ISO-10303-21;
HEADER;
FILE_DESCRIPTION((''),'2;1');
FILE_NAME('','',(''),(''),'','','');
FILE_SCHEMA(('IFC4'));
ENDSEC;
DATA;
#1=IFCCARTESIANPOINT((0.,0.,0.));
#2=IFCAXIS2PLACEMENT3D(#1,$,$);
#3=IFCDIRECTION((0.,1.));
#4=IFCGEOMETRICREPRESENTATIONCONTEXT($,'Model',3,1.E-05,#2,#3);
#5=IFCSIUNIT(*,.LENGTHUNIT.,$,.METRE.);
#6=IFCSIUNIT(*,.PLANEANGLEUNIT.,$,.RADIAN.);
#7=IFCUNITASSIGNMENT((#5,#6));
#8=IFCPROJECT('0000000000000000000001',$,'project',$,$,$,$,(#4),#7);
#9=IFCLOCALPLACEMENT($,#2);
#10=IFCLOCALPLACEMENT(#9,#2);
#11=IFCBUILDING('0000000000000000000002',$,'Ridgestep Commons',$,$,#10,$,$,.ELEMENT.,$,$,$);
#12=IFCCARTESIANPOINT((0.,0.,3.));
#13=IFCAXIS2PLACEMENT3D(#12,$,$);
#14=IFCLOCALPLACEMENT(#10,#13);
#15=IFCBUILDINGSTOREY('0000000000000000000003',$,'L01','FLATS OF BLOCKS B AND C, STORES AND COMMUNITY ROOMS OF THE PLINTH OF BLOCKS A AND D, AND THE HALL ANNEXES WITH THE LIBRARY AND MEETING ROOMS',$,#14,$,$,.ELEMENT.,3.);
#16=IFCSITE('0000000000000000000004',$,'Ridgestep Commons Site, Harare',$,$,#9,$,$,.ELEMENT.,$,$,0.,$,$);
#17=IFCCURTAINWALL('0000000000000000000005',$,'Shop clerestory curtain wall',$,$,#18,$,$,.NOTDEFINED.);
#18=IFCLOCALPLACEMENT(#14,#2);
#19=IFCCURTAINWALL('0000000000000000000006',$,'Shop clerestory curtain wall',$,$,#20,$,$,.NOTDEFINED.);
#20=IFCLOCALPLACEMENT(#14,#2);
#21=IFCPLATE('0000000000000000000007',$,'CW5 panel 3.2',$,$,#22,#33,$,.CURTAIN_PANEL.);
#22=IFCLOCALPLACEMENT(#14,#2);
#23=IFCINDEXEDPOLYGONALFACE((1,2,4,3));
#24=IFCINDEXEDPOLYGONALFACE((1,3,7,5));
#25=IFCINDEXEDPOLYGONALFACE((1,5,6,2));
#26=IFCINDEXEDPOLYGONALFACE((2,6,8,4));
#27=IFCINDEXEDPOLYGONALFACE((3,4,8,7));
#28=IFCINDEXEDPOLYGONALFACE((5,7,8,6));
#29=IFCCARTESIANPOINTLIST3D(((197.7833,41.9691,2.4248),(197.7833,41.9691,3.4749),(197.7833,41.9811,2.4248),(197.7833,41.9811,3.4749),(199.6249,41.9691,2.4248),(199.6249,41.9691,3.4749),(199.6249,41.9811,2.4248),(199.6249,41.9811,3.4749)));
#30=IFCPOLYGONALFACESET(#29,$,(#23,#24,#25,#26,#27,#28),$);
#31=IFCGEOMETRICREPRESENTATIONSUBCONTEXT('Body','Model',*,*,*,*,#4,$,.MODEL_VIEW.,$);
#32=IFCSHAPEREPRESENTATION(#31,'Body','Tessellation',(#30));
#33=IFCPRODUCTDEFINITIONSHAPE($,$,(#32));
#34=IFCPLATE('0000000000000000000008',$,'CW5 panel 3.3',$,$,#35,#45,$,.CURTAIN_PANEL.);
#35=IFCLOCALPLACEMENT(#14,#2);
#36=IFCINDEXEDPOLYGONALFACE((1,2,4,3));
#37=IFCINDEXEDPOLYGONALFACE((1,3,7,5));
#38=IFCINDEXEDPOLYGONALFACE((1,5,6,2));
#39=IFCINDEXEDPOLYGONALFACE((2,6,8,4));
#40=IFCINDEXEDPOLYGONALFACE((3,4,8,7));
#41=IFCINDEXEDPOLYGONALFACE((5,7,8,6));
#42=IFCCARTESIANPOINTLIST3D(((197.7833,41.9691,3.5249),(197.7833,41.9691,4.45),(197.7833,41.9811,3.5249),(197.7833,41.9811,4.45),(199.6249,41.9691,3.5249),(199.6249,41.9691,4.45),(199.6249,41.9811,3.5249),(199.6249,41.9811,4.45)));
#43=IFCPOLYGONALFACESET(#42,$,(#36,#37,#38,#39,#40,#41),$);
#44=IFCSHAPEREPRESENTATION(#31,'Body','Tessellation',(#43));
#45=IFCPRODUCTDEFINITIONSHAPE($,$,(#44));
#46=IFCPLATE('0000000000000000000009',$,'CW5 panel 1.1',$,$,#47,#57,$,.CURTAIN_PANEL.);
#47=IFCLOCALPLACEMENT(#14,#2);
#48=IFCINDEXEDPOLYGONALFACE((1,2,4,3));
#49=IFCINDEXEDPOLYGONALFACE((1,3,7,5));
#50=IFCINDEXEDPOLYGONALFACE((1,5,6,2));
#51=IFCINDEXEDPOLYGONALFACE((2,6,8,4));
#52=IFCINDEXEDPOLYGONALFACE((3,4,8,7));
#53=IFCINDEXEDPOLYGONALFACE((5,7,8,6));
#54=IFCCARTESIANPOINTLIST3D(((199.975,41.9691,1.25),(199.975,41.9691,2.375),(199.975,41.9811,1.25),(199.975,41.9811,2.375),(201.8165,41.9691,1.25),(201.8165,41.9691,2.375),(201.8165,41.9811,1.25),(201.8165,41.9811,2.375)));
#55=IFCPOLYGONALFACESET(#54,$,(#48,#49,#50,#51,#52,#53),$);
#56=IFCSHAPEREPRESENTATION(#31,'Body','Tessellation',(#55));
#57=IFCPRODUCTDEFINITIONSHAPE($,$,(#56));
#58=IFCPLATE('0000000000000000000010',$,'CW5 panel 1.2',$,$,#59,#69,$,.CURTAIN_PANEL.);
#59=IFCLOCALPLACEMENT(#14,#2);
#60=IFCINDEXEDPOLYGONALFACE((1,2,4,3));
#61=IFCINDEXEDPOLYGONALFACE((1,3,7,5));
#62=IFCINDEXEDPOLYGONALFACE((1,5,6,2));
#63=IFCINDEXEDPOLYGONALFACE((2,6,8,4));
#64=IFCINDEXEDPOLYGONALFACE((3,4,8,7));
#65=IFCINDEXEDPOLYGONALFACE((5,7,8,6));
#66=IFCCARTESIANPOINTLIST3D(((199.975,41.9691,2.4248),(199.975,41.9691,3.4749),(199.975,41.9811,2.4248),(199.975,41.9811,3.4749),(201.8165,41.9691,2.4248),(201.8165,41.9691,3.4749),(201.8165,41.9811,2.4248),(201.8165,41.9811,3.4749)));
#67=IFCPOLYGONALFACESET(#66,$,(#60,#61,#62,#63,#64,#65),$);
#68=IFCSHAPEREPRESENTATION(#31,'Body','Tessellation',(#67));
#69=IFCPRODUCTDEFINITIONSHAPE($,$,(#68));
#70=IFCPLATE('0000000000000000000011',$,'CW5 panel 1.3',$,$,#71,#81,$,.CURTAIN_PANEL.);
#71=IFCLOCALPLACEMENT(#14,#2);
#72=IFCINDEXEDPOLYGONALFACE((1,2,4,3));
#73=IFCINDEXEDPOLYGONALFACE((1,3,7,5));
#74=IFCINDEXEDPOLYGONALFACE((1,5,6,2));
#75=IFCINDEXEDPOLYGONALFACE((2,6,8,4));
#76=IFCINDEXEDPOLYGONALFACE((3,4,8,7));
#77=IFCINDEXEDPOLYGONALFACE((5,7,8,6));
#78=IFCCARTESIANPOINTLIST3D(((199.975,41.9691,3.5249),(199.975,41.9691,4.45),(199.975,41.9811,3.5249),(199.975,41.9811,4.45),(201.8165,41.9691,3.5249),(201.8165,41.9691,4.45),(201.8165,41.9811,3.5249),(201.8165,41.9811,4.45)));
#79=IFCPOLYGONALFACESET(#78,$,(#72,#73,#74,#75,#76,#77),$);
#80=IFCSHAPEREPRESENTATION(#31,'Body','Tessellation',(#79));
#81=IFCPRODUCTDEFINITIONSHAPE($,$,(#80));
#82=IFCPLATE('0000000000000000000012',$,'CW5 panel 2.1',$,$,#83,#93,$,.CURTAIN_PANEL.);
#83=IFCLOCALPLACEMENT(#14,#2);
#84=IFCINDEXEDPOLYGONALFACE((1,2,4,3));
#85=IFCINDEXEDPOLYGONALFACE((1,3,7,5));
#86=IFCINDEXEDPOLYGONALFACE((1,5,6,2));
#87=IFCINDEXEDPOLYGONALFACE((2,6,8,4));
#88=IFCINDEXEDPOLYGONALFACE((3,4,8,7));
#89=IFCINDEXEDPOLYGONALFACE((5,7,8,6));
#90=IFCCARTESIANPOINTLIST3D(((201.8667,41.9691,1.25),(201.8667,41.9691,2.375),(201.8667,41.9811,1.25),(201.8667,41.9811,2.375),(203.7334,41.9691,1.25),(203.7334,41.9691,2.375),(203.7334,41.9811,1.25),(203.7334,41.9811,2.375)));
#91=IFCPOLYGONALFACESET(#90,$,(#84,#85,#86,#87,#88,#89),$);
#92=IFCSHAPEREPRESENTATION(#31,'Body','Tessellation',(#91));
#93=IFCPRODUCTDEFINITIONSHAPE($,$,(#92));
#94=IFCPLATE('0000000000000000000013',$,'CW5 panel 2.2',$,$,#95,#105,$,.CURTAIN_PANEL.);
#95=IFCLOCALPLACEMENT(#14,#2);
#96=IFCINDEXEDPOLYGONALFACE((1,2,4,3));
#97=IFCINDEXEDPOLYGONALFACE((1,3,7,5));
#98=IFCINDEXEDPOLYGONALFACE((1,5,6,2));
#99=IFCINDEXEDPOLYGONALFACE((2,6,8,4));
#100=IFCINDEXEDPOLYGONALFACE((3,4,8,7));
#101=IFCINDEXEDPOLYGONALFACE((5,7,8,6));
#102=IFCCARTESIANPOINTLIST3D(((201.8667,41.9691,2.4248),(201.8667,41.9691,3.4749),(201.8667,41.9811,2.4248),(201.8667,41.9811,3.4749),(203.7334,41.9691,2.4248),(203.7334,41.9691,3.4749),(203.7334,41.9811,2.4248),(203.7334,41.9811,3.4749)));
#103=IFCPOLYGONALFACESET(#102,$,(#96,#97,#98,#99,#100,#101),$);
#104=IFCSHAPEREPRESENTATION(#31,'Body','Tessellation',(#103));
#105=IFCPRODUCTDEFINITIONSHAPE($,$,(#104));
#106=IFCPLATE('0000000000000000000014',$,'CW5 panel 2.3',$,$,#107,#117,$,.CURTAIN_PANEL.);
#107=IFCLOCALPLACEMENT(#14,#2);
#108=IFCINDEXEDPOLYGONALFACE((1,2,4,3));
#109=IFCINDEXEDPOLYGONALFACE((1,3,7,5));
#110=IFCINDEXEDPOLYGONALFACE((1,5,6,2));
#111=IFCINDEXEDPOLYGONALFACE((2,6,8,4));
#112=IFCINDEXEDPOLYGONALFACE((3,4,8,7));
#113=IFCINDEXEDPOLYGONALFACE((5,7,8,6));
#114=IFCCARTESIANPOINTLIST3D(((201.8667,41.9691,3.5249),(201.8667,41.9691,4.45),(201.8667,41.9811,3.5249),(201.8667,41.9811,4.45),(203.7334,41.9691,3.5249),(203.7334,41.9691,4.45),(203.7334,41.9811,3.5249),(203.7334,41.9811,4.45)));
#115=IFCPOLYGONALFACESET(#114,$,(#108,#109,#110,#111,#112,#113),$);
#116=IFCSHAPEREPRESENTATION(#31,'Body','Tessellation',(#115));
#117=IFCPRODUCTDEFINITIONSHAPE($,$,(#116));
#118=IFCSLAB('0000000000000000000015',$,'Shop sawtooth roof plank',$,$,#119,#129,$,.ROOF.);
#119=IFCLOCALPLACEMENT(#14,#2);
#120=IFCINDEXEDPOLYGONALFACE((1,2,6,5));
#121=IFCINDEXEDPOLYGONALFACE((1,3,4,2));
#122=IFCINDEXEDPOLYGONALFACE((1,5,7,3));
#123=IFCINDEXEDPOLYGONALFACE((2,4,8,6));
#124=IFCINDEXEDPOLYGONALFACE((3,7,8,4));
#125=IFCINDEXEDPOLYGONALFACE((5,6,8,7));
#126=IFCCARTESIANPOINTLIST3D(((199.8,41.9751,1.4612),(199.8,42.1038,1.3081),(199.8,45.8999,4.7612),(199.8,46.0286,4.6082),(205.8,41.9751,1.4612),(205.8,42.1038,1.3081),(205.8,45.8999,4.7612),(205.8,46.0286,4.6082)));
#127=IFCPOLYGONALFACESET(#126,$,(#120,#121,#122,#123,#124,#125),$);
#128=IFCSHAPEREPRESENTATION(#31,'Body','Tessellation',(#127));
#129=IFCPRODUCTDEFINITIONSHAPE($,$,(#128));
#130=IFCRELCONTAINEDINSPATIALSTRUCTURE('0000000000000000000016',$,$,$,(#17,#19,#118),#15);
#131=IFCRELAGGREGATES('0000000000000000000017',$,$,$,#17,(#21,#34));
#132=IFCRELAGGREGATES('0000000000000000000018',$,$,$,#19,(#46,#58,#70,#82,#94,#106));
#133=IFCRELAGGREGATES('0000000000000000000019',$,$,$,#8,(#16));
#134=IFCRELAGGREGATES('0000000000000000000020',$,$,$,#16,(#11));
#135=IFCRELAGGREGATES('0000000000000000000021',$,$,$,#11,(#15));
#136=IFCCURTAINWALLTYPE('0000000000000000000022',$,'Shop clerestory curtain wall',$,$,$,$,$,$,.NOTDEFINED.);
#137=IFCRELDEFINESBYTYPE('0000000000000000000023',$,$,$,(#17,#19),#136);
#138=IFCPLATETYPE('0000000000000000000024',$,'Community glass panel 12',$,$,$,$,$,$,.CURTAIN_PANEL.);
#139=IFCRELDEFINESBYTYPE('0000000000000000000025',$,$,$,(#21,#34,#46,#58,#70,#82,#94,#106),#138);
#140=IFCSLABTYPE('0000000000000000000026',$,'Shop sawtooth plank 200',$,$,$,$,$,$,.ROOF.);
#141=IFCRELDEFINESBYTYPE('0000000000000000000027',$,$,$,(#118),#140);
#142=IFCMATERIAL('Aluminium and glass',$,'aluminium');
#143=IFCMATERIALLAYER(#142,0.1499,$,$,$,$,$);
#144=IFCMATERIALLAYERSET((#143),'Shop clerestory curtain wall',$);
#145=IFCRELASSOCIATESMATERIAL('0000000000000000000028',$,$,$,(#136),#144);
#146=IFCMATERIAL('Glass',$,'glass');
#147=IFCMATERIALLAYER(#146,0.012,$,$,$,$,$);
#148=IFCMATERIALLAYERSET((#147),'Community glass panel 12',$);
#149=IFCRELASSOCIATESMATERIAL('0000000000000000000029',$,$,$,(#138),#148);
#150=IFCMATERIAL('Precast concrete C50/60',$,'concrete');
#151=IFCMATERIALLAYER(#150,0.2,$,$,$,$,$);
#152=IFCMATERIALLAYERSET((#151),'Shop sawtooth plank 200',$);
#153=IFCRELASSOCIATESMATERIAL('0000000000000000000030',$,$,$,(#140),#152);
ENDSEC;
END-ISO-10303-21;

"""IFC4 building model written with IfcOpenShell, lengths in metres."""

from ifc_helpers import new_model, si_unit, direction, frame, origin, origin_2d, place, context, subcontext, project, spatial, polyline, rectangle, outline, extrude, material, layer, layer_set, type_object, element, aggregate, save


model = new_model("IFC4")

# Units and contexts
model_context = context("Model", 3, precision=1e-05, world=origin(), true_north=direction((0.0, 1.0)))
body_context = subcontext(model_context, "Body", "Model", "MODEL_VIEW")
ifc_project = project(units=[si_unit("LENGTHUNIT", "METRE"), si_unit("PLANEANGLEUNIT", "RADIAN")], contexts=[model_context])

# Site, building, storey
site_placement = place(None, origin())
site = spatial("IfcSite", under=ifc_project, at=site_placement, Name="Ridgestep Commons Site, Harare", CompositionType="ELEMENT", RefElevation=0.0)
building_placement = place(site_placement, origin())
building = spatial("IfcBuilding", under=site, at=building_placement, Name="Ridgestep Commons", CompositionType="ELEMENT")
storey_placement = place(building_placement, frame((0.0, 0.0, 3.0)))
storey = spatial("IfcBuildingStorey", under=building, at=storey_placement, Name="L01", Description="FLATS OF BLOCKS B AND C, STORES AND COMMUNITY ROOMS OF THE PLINTH OF BLOCKS A AND D, AND THE HALL ANNEXES WITH THE LIBRARY AND MEETING ROOMS", CompositionType="ELEMENT", Elevation=3.0)

# Curtain wall
ifc_material_1 = material(Name="Aluminium and glass", Category="aluminium")
ifc_layer_1 = layer(ifc_material_1, 0.1499)
ifc_layer_set_1 = layer_set([ifc_layer_1], Name="Shop clerestory curtain wall")
curtain_wall_type = type_object("IfcCurtainWallType", Name="Shop clerestory curtain wall", PredefinedType="NOTDEFINED", material=ifc_layer_set_1)
curtain_wall_1_placement = place(storey_placement, origin())
curtain_wall_1 = element("IfcCurtainWall", 1, at=curtain_wall_1_placement, inside=storey, type_object=curtain_wall_type, Name="Shop clerestory curtain wall", PredefinedType="NOTDEFINED")

# Curtain wall
curtain_wall_2_placement = place(storey_placement, origin())
curtain_wall_2 = element("IfcCurtainWall", 2, at=curtain_wall_2_placement, inside=storey, type_object=curtain_wall_type, Name="Shop clerestory curtain wall", PredefinedType="NOTDEFINED")

# Plates
ifc_material_2 = material(Name="Glass", Category="glass")
ifc_layer_2 = layer(ifc_material_2, 0.012)
ifc_layer_set_2 = layer_set([ifc_layer_2], Name="Community glass panel 12")
plate_type = type_object("IfcPlateType", Name="Community glass panel 12", PredefinedType="CURTAIN_PANEL", material=ifc_layer_set_2)
plate_1_placement = place(storey_placement, frame((198.7041, 41.9751, 2.4248), z_axis=(0.0, 0.0, 1.0), x_axis=(1.0, 0.0, 0.0)))
plate_1 = element("IfcPlate", 3, at=plate_1_placement, type_object=plate_type, Name="CW5 panel 3.2", PredefinedType="CURTAIN_PANEL", context=body_context, shape_type="SweptSolid", body=[
    extrude(rectangle(XDim=1.8416, YDim=0.012, at=origin_2d()), origin(), (0.0, 0.0, 1.0), 1.05),
])
plate_2_placement = place(storey_placement, frame((198.7041, 41.9751, 3.5249), z_axis=(0.0, 0.0, 1.0), x_axis=(1.0, 0.0, 0.0)))
plate_2 = element("IfcPlate", 4, at=plate_2_placement, type_object=plate_type, Name="CW5 panel 3.3", PredefinedType="CURTAIN_PANEL", context=body_context, shape_type="SweptSolid", body=[
    extrude(rectangle(XDim=1.8416, YDim=0.012, at=origin_2d()), origin(), (0.0, 0.0, 1.0), 0.925),
])
aggregate(curtain_wall_1, [plate_1, plate_2])
plate_3_placement = place(storey_placement, frame((200.8958, 41.9751, 1.25), z_axis=(0.0, 0.0, 1.0), x_axis=(1.0, 0.0, 0.0)))
plate_3 = element("IfcPlate", 5, at=plate_3_placement, type_object=plate_type, Name="CW5 panel 1.1", PredefinedType="CURTAIN_PANEL", context=body_context, shape_type="SweptSolid", body=[
    extrude(rectangle(XDim=1.8416, YDim=0.012, at=origin_2d()), origin(), (0.0, 0.0, 1.0), 1.125),
])
plate_4_placement = place(storey_placement, frame((200.8958, 41.9751, 2.4248), z_axis=(0.0, 0.0, 1.0), x_axis=(1.0, 0.0, 0.0)))
plate_4 = element("IfcPlate", 6, at=plate_4_placement, type_object=plate_type, Name="CW5 panel 1.2", PredefinedType="CURTAIN_PANEL", context=body_context, shape_type="SweptSolid", body=[
    extrude(rectangle(XDim=1.8416, YDim=0.012, at=origin_2d()), origin(), (0.0, 0.0, 1.0), 1.05),
])
plate_5_placement = place(storey_placement, frame((200.8958, 41.9751, 3.5249), z_axis=(0.0, 0.0, 1.0), x_axis=(1.0, 0.0, 0.0)))
plate_5 = element("IfcPlate", 7, at=plate_5_placement, type_object=plate_type, Name="CW5 panel 1.3", PredefinedType="CURTAIN_PANEL", context=body_context, shape_type="SweptSolid", body=[
    extrude(rectangle(XDim=1.8416, YDim=0.012, at=origin_2d()), origin(), (0.0, 0.0, 1.0), 0.925),
])
plate_6_placement = place(storey_placement, frame((202.8, 41.9751, 1.25), z_axis=(0.0, 0.0, 1.0), x_axis=(1.0, 0.0, 0.0)))
plate_6 = element("IfcPlate", 8, at=plate_6_placement, type_object=plate_type, Name="CW5 panel 2.1", PredefinedType="CURTAIN_PANEL", context=body_context, shape_type="SweptSolid", body=[
    extrude(rectangle(XDim=1.8667, YDim=0.012, at=origin_2d()), origin(), (0.0, 0.0, 1.0), 1.125),
])
plate_7_placement = place(storey_placement, frame((202.8, 41.9751, 2.4248), z_axis=(0.0, 0.0, 1.0), x_axis=(1.0, 0.0, 0.0)))
plate_7 = element("IfcPlate", 9, at=plate_7_placement, type_object=plate_type, Name="CW5 panel 2.2", PredefinedType="CURTAIN_PANEL", context=body_context, shape_type="SweptSolid", body=[
    extrude(rectangle(XDim=1.8667, YDim=0.012, at=origin_2d()), origin(), (0.0, 0.0, 1.0), 1.05),
])
plate_8_placement = place(storey_placement, frame((202.8, 41.9751, 3.5249), z_axis=(0.0, 0.0, 1.0), x_axis=(1.0, 0.0, 0.0)))
plate_8 = element("IfcPlate", 10, at=plate_8_placement, type_object=plate_type, Name="CW5 panel 2.3", PredefinedType="CURTAIN_PANEL", context=body_context, shape_type="SweptSolid", body=[
    extrude(rectangle(XDim=1.8667, YDim=0.012, at=origin_2d()), origin(), (0.0, 0.0, 1.0), 0.925),
])
aggregate(curtain_wall_2, [plate_3, plate_4, plate_5, plate_6, plate_7, plate_8])

# Slab
ifc_material_3 = material(Name="Precast concrete C50/60", Category="concrete")
ifc_layer_3 = layer(ifc_material_3, 0.2)
ifc_layer_set_3 = layer_set([ifc_layer_3], Name="Shop sawtooth plank 200")
slab_type = type_object("IfcSlabType", Name="Shop sawtooth plank 200", PredefinedType="ROOF", material=ifc_layer_set_3)
slab_placement = place(storey_placement, frame((199.8, 41.9751, 1.4612), z_axis=(0.0, -0.643559, 0.765396), x_axis=(1.0, 0.0, 0.0)))
element("IfcSlab", 11, at=slab_placement, inside=storey, type_object=slab_type, Name="Shop sawtooth roof plank", PredefinedType="ROOF", context=body_context, shape_type="SweptSolid", body=[
    extrude(outline(polyline([(0.0, 0.0), (6.0, 0.0), (6.0, 5.1278), (0.0, 5.1278), (0.0, 0.0)])), origin(), (0.0, 0.0, -1.0), 0.2),
])

save(model, "model.ifc")
